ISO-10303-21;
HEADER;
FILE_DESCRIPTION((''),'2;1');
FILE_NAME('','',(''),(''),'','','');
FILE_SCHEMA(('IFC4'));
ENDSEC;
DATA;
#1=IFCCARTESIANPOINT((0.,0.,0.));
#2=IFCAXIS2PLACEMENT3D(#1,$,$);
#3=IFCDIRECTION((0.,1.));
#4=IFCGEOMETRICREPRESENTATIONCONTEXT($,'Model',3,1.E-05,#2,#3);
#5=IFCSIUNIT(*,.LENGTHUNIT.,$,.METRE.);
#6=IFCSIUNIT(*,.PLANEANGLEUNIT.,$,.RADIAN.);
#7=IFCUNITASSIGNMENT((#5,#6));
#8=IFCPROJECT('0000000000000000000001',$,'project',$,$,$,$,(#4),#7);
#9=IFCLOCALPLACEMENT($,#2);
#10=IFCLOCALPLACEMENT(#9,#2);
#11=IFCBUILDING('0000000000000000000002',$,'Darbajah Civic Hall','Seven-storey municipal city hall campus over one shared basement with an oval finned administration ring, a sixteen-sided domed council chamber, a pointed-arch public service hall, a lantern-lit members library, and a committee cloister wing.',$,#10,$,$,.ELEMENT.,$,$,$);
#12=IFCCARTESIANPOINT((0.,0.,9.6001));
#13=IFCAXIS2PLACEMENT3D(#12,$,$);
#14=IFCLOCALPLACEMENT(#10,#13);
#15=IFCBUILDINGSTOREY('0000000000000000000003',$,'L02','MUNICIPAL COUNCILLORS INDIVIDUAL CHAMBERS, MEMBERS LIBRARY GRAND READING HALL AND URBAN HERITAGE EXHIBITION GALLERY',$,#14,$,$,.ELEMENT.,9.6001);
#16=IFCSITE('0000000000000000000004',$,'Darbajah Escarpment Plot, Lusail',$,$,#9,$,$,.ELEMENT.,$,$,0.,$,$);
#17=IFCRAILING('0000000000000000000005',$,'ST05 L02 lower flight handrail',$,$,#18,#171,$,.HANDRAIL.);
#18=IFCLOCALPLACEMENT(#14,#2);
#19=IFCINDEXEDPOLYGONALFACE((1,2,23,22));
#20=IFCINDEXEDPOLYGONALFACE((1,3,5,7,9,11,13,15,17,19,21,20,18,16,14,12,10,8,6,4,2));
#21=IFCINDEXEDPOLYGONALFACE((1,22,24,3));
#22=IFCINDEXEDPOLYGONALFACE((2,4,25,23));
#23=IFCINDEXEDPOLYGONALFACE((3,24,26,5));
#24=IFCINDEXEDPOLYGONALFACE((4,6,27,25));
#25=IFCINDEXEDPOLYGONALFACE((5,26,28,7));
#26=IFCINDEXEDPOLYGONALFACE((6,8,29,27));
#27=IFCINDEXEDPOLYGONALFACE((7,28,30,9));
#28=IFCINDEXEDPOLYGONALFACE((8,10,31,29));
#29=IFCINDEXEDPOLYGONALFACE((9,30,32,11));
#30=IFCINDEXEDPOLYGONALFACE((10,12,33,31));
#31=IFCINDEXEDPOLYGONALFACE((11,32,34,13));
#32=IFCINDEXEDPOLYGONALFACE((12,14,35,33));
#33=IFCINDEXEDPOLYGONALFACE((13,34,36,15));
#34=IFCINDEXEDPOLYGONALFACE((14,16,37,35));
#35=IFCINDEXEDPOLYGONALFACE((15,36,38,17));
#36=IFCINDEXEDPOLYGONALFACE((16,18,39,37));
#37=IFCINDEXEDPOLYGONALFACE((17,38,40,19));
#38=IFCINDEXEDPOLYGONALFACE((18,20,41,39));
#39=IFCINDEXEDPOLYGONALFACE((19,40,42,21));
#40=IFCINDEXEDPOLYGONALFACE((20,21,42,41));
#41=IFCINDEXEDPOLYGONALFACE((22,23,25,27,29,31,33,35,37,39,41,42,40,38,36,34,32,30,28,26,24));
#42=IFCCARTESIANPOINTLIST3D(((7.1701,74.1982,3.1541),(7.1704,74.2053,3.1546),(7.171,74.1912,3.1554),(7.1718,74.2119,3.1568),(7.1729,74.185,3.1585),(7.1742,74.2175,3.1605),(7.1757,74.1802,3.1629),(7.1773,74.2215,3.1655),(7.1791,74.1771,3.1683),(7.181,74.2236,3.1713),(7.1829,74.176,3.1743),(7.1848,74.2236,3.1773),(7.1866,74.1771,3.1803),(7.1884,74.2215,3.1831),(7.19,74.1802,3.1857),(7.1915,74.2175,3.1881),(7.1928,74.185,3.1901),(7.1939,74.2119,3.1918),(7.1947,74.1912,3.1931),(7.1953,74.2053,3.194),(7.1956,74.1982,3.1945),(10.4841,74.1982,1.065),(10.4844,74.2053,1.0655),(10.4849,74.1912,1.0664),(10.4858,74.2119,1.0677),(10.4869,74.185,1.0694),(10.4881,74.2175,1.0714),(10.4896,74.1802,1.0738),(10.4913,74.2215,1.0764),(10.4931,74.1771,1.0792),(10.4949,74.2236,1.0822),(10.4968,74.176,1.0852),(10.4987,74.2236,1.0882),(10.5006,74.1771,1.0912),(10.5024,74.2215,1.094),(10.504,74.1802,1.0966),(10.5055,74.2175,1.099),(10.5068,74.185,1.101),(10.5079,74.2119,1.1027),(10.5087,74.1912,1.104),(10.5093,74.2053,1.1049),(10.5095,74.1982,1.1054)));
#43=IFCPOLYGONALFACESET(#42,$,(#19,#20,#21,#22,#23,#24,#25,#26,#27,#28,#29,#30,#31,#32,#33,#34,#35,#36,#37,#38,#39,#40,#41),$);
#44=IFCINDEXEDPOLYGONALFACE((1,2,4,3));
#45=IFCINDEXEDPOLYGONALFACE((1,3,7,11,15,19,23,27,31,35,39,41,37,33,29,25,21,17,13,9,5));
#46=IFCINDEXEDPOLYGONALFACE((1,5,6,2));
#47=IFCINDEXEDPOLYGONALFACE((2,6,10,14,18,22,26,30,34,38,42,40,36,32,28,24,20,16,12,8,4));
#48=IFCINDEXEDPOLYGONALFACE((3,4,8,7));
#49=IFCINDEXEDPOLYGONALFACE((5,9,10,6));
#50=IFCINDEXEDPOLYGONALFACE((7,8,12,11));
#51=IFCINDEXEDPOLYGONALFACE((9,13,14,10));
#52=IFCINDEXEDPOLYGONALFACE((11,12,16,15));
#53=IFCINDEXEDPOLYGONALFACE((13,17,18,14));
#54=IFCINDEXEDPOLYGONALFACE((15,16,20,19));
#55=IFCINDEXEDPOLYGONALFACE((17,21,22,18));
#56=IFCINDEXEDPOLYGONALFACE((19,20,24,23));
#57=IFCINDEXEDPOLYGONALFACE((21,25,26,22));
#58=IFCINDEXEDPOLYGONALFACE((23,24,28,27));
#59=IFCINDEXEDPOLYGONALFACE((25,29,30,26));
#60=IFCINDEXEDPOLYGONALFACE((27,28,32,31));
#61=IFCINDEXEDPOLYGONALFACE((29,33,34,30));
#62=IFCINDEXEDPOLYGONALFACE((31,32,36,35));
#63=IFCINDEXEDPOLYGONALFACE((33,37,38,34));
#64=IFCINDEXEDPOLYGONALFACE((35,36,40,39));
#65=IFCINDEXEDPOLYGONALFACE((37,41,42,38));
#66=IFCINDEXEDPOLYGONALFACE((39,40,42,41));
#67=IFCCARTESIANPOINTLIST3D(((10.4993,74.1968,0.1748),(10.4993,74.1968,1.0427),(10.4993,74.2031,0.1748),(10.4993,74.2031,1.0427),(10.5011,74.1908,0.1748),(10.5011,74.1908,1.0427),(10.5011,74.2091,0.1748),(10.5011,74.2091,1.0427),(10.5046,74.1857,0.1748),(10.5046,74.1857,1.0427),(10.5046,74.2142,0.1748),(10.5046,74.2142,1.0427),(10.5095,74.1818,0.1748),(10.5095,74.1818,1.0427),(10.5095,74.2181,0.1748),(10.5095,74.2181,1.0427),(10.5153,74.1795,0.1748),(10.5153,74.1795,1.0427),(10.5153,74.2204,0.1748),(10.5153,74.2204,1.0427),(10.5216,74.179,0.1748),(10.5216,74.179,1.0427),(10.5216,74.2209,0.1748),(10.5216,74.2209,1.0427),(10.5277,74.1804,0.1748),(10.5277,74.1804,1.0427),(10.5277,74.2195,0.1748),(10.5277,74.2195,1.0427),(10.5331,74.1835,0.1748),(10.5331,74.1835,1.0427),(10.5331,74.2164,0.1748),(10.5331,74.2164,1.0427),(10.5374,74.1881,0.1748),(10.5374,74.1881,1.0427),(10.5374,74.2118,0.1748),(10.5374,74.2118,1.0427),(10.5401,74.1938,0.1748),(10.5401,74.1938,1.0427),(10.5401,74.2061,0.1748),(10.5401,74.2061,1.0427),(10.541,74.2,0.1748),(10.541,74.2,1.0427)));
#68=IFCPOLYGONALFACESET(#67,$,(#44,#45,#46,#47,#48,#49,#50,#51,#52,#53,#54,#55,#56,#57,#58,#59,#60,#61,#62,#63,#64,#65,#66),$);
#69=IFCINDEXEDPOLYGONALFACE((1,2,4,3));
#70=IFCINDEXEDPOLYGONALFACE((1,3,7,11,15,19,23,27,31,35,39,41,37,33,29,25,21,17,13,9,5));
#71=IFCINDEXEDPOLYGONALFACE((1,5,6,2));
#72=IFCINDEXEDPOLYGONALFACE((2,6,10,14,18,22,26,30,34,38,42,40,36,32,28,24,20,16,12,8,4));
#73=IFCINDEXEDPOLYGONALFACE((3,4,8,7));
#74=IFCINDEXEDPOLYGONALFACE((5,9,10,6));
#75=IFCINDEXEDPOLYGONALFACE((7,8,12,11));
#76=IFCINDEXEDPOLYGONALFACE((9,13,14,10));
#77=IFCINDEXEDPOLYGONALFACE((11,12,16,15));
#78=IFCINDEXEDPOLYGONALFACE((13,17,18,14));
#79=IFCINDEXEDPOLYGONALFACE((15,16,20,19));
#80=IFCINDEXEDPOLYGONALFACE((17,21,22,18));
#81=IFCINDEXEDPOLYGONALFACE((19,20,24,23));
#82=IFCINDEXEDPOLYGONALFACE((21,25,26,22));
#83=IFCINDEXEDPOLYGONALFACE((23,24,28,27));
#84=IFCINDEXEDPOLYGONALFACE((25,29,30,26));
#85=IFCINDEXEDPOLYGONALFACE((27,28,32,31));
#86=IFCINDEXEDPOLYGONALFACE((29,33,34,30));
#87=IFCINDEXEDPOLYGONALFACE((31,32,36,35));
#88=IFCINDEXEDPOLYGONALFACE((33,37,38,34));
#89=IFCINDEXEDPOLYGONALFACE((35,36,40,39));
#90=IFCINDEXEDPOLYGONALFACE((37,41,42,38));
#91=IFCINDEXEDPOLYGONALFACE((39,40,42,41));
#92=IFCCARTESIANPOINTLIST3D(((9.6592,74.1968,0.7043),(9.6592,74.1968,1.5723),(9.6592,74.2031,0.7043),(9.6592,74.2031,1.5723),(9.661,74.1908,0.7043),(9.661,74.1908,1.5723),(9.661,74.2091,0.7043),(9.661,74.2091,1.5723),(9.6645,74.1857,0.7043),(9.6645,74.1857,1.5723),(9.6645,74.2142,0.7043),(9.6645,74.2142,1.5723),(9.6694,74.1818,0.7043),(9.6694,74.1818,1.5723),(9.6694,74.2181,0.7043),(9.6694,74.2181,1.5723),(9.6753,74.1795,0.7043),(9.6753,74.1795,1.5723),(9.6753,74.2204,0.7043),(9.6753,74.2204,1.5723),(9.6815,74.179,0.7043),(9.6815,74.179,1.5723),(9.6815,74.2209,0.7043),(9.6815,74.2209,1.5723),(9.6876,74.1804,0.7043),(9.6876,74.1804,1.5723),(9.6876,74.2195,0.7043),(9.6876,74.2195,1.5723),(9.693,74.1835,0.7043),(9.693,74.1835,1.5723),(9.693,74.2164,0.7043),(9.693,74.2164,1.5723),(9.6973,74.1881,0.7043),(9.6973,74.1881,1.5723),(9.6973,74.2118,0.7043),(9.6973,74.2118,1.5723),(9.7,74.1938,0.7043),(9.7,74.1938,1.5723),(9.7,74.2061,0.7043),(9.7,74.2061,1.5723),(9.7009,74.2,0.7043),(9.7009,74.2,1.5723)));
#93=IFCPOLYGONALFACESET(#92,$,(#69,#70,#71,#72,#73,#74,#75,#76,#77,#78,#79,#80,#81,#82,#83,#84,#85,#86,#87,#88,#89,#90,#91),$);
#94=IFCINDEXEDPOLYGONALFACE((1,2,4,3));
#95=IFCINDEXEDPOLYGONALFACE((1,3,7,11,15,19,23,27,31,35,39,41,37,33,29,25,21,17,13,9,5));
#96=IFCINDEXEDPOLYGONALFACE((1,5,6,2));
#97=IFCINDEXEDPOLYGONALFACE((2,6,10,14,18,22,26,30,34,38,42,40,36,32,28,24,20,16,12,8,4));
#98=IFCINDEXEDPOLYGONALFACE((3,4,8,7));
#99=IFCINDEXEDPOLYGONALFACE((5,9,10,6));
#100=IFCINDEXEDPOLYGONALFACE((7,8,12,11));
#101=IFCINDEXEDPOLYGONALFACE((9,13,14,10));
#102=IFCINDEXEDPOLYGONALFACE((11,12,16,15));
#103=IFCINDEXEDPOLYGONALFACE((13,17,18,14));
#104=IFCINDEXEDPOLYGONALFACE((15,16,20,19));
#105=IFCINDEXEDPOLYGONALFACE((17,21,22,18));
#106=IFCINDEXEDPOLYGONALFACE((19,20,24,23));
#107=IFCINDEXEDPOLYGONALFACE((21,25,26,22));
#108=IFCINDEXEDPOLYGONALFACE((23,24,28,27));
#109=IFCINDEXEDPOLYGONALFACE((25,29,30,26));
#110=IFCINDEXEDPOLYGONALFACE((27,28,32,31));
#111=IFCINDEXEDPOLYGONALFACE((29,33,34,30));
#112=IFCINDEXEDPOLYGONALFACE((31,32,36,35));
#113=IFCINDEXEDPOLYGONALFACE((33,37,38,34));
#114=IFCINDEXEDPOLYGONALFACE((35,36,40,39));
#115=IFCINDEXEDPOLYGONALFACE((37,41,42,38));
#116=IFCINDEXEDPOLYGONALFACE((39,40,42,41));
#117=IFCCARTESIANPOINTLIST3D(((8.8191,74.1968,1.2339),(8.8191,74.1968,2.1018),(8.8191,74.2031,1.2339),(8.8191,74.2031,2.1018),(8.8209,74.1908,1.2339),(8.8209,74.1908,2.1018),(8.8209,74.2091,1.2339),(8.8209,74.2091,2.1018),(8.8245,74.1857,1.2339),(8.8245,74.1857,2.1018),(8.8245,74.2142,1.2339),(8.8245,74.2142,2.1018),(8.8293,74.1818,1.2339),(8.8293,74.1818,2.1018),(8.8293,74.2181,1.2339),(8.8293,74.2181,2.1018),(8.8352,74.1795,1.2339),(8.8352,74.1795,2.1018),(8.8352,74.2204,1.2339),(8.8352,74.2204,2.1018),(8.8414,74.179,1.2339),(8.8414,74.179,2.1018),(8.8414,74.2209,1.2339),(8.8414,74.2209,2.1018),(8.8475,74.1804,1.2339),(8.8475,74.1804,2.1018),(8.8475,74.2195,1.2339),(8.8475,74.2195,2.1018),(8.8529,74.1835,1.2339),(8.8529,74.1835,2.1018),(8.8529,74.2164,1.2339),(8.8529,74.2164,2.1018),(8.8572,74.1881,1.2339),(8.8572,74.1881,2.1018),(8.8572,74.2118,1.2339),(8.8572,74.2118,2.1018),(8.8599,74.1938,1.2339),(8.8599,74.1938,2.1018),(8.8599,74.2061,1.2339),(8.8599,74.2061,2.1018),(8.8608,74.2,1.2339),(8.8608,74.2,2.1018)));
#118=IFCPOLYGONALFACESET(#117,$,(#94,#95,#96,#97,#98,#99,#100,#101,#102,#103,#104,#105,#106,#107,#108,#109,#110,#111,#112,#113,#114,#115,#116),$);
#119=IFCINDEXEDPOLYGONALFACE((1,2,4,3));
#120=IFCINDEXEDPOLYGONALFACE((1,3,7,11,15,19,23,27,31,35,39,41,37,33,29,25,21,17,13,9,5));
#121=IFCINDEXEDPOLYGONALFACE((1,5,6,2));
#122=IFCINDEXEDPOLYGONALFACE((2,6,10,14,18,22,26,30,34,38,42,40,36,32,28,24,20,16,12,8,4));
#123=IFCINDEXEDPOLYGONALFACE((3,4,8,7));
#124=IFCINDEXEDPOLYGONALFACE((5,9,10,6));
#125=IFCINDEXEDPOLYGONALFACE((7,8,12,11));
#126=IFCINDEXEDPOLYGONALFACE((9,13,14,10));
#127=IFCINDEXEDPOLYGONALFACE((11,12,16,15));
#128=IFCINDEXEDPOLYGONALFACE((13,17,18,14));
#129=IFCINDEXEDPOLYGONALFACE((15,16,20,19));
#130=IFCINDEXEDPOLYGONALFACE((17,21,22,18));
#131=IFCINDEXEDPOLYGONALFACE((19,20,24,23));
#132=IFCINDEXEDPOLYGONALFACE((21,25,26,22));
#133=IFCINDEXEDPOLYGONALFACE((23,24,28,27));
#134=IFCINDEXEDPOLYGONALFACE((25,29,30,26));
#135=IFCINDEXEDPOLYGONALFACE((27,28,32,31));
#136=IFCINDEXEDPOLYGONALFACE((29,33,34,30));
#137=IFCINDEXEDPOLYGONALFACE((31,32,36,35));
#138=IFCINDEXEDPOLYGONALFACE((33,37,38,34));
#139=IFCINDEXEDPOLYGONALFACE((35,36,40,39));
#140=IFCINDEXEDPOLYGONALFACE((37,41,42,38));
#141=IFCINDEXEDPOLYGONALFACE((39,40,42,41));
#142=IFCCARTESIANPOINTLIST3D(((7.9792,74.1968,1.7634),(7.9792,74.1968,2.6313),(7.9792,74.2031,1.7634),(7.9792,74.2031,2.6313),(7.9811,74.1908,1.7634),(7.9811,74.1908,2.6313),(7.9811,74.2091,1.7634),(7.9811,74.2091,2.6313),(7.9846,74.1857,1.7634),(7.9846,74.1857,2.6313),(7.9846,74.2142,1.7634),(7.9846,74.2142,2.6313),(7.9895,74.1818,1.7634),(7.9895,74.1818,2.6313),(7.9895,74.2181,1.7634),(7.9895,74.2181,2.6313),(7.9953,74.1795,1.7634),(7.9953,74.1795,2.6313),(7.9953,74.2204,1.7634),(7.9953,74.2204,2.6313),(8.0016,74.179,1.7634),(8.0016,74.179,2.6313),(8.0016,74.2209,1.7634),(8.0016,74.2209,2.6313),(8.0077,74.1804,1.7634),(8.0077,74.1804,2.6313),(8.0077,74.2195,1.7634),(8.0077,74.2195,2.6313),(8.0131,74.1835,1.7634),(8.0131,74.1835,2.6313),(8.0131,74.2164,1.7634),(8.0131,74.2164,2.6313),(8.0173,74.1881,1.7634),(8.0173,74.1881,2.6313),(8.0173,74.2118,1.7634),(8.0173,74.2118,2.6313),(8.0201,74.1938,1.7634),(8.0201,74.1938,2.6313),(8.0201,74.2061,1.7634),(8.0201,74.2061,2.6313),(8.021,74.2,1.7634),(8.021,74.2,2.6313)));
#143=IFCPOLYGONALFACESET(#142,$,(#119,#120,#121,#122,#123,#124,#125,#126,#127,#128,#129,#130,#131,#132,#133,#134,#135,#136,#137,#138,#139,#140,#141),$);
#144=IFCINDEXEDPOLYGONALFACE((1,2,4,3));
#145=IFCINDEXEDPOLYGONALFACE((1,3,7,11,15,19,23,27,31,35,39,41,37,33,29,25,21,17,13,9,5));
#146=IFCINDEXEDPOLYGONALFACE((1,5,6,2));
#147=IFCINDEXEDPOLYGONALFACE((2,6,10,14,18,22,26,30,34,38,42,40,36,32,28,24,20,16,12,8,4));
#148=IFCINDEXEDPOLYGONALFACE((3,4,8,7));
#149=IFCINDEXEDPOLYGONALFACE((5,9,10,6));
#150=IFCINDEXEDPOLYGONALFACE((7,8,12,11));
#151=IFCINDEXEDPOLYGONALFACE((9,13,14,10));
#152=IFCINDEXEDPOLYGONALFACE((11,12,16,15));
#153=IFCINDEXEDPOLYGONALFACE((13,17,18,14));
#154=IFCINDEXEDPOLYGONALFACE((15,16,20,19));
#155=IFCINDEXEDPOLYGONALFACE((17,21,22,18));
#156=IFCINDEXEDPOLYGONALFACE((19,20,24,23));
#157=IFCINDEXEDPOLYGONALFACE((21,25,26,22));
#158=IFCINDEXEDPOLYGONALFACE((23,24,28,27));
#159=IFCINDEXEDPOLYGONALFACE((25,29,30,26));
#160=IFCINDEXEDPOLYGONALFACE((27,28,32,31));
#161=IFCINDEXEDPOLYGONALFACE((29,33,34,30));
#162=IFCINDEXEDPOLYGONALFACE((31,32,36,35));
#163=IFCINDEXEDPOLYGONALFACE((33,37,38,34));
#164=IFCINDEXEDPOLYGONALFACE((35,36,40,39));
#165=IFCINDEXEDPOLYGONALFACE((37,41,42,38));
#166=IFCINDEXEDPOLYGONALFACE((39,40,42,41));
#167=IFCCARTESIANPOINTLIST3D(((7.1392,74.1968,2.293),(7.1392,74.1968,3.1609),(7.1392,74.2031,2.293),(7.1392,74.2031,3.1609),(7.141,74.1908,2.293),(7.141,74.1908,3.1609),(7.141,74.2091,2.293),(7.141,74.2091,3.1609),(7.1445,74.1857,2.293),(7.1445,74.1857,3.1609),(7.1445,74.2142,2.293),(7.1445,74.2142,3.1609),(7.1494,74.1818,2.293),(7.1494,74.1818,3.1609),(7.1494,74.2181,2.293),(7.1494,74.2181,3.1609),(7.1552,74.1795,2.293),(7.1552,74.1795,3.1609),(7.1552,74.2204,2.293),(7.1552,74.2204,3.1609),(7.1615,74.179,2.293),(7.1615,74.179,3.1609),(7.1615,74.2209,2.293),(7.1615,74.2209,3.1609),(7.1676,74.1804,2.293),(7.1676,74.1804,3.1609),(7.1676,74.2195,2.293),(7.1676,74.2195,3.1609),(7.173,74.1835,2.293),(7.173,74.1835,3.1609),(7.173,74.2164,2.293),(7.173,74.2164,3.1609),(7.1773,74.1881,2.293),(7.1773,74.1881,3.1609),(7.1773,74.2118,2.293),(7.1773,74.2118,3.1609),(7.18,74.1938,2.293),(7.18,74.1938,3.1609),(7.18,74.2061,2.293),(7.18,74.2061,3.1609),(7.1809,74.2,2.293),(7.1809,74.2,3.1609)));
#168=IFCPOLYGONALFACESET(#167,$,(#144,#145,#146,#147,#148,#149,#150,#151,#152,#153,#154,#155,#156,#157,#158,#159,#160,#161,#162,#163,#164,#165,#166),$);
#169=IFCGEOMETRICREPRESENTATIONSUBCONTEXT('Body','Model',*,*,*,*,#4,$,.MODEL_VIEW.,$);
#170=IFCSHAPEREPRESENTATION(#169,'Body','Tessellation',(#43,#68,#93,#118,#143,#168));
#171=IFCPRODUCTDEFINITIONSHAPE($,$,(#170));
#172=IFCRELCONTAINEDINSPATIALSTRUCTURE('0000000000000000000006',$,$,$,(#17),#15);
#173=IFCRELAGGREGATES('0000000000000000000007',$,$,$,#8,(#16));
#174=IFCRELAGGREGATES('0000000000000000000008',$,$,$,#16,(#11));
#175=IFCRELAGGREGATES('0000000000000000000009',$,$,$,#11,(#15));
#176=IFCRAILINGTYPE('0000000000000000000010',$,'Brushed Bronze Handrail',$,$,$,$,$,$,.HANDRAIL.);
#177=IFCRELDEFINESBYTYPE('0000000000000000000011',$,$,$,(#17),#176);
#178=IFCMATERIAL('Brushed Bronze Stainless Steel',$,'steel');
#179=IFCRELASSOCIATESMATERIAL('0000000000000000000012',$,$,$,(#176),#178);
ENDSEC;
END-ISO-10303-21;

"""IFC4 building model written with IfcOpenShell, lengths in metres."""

from ifc_helpers import new_model, si_unit, direction, frame, origin, origin_2d, place, context, subcontext, project, spatial, circle, extrude, material, type_object, element, save


model = new_model("IFC4")

# Units and contexts
model_context = context("Model", 3, precision=1e-05, world=origin(), true_north=direction((0.0, 1.0)))
body_context = subcontext(model_context, "Body", "Model", "MODEL_VIEW")
ifc_project = project(units=[si_unit("LENGTHUNIT", "METRE"), si_unit("PLANEANGLEUNIT", "RADIAN")], contexts=[model_context])

# Site, building, storey
site_placement = place(None, origin())
site = spatial("IfcSite", under=ifc_project, at=site_placement, Name="Darbajah Escarpment Plot, Lusail", CompositionType="ELEMENT", RefElevation=0.0)
building_placement = place(site_placement, origin())
building = spatial("IfcBuilding", under=site, at=building_placement, Name="Darbajah Civic Hall", Description="Seven-storey municipal city hall campus over one shared basement with an oval finned administration ring, a sixteen-sided domed council chamber, a pointed-arch public service hall, a lantern-lit members library, and a committee cloister wing.", CompositionType="ELEMENT")
storey_placement = place(building_placement, frame((0.0, 0.0, 9.6001)))
storey = spatial("IfcBuildingStorey", under=building, at=storey_placement, Name="L02", Description="MUNICIPAL COUNCILLORS INDIVIDUAL CHAMBERS, MEMBERS LIBRARY GRAND READING HALL AND URBAN HERITAGE EXHIBITION GALLERY", CompositionType="ELEMENT", Elevation=9.6001)

# Railing
ifc_material_1 = material(Name="Brushed Bronze Stainless Steel", Category="steel")
railing_type_1 = type_object("IfcRailingType", Name="Brushed Bronze Handrail", PredefinedType="HANDRAIL", material=ifc_material_1)
railing_1_placement = place(storey_placement, frame((10.52, 74.2, 0.1748)))
element("IfcRailing", 1, at=railing_1_placement, inside=storey, type_object=railing_type_1, Name="ST05 L02 lower flight handrail", PredefinedType="HANDRAIL", context=body_context, shape_type="SweptSolid", body=[
    extrude(circle(Radius=0.0239, at=origin_2d()), frame((-0.0232, 0.0, 0.9104), z_axis=(-0.845944, 0.0, 0.533271), x_axis=(0.0, -1.0, 0.0)), (0.0, 0.0, 1.0), 3.9175),
    extrude(circle(Radius=0.021, at=origin_2d()), origin(), (0.0, 0.0, 1.0), 0.8679),
    extrude(circle(Radius=0.021, at=origin_2d()), frame((-0.8401, 0.0, 0.5295)), (0.0, 0.0, 1.0), 0.8679),
    extrude(circle(Radius=0.021, at=origin_2d()), frame((-1.6802, 0.0, 1.0591)), (0.0, 0.0, 1.0), 0.8679),
    extrude(circle(Radius=0.021, at=origin_2d()), frame((-2.52, 0.0, 1.5886)), (0.0, 0.0, 1.0), 0.8679),
    extrude(circle(Radius=0.021, at=origin_2d()), frame((-3.3601, 0.0, 2.1182)), (0.0, 0.0, 1.0), 0.8679),
])

save(model, "model.ifc")
